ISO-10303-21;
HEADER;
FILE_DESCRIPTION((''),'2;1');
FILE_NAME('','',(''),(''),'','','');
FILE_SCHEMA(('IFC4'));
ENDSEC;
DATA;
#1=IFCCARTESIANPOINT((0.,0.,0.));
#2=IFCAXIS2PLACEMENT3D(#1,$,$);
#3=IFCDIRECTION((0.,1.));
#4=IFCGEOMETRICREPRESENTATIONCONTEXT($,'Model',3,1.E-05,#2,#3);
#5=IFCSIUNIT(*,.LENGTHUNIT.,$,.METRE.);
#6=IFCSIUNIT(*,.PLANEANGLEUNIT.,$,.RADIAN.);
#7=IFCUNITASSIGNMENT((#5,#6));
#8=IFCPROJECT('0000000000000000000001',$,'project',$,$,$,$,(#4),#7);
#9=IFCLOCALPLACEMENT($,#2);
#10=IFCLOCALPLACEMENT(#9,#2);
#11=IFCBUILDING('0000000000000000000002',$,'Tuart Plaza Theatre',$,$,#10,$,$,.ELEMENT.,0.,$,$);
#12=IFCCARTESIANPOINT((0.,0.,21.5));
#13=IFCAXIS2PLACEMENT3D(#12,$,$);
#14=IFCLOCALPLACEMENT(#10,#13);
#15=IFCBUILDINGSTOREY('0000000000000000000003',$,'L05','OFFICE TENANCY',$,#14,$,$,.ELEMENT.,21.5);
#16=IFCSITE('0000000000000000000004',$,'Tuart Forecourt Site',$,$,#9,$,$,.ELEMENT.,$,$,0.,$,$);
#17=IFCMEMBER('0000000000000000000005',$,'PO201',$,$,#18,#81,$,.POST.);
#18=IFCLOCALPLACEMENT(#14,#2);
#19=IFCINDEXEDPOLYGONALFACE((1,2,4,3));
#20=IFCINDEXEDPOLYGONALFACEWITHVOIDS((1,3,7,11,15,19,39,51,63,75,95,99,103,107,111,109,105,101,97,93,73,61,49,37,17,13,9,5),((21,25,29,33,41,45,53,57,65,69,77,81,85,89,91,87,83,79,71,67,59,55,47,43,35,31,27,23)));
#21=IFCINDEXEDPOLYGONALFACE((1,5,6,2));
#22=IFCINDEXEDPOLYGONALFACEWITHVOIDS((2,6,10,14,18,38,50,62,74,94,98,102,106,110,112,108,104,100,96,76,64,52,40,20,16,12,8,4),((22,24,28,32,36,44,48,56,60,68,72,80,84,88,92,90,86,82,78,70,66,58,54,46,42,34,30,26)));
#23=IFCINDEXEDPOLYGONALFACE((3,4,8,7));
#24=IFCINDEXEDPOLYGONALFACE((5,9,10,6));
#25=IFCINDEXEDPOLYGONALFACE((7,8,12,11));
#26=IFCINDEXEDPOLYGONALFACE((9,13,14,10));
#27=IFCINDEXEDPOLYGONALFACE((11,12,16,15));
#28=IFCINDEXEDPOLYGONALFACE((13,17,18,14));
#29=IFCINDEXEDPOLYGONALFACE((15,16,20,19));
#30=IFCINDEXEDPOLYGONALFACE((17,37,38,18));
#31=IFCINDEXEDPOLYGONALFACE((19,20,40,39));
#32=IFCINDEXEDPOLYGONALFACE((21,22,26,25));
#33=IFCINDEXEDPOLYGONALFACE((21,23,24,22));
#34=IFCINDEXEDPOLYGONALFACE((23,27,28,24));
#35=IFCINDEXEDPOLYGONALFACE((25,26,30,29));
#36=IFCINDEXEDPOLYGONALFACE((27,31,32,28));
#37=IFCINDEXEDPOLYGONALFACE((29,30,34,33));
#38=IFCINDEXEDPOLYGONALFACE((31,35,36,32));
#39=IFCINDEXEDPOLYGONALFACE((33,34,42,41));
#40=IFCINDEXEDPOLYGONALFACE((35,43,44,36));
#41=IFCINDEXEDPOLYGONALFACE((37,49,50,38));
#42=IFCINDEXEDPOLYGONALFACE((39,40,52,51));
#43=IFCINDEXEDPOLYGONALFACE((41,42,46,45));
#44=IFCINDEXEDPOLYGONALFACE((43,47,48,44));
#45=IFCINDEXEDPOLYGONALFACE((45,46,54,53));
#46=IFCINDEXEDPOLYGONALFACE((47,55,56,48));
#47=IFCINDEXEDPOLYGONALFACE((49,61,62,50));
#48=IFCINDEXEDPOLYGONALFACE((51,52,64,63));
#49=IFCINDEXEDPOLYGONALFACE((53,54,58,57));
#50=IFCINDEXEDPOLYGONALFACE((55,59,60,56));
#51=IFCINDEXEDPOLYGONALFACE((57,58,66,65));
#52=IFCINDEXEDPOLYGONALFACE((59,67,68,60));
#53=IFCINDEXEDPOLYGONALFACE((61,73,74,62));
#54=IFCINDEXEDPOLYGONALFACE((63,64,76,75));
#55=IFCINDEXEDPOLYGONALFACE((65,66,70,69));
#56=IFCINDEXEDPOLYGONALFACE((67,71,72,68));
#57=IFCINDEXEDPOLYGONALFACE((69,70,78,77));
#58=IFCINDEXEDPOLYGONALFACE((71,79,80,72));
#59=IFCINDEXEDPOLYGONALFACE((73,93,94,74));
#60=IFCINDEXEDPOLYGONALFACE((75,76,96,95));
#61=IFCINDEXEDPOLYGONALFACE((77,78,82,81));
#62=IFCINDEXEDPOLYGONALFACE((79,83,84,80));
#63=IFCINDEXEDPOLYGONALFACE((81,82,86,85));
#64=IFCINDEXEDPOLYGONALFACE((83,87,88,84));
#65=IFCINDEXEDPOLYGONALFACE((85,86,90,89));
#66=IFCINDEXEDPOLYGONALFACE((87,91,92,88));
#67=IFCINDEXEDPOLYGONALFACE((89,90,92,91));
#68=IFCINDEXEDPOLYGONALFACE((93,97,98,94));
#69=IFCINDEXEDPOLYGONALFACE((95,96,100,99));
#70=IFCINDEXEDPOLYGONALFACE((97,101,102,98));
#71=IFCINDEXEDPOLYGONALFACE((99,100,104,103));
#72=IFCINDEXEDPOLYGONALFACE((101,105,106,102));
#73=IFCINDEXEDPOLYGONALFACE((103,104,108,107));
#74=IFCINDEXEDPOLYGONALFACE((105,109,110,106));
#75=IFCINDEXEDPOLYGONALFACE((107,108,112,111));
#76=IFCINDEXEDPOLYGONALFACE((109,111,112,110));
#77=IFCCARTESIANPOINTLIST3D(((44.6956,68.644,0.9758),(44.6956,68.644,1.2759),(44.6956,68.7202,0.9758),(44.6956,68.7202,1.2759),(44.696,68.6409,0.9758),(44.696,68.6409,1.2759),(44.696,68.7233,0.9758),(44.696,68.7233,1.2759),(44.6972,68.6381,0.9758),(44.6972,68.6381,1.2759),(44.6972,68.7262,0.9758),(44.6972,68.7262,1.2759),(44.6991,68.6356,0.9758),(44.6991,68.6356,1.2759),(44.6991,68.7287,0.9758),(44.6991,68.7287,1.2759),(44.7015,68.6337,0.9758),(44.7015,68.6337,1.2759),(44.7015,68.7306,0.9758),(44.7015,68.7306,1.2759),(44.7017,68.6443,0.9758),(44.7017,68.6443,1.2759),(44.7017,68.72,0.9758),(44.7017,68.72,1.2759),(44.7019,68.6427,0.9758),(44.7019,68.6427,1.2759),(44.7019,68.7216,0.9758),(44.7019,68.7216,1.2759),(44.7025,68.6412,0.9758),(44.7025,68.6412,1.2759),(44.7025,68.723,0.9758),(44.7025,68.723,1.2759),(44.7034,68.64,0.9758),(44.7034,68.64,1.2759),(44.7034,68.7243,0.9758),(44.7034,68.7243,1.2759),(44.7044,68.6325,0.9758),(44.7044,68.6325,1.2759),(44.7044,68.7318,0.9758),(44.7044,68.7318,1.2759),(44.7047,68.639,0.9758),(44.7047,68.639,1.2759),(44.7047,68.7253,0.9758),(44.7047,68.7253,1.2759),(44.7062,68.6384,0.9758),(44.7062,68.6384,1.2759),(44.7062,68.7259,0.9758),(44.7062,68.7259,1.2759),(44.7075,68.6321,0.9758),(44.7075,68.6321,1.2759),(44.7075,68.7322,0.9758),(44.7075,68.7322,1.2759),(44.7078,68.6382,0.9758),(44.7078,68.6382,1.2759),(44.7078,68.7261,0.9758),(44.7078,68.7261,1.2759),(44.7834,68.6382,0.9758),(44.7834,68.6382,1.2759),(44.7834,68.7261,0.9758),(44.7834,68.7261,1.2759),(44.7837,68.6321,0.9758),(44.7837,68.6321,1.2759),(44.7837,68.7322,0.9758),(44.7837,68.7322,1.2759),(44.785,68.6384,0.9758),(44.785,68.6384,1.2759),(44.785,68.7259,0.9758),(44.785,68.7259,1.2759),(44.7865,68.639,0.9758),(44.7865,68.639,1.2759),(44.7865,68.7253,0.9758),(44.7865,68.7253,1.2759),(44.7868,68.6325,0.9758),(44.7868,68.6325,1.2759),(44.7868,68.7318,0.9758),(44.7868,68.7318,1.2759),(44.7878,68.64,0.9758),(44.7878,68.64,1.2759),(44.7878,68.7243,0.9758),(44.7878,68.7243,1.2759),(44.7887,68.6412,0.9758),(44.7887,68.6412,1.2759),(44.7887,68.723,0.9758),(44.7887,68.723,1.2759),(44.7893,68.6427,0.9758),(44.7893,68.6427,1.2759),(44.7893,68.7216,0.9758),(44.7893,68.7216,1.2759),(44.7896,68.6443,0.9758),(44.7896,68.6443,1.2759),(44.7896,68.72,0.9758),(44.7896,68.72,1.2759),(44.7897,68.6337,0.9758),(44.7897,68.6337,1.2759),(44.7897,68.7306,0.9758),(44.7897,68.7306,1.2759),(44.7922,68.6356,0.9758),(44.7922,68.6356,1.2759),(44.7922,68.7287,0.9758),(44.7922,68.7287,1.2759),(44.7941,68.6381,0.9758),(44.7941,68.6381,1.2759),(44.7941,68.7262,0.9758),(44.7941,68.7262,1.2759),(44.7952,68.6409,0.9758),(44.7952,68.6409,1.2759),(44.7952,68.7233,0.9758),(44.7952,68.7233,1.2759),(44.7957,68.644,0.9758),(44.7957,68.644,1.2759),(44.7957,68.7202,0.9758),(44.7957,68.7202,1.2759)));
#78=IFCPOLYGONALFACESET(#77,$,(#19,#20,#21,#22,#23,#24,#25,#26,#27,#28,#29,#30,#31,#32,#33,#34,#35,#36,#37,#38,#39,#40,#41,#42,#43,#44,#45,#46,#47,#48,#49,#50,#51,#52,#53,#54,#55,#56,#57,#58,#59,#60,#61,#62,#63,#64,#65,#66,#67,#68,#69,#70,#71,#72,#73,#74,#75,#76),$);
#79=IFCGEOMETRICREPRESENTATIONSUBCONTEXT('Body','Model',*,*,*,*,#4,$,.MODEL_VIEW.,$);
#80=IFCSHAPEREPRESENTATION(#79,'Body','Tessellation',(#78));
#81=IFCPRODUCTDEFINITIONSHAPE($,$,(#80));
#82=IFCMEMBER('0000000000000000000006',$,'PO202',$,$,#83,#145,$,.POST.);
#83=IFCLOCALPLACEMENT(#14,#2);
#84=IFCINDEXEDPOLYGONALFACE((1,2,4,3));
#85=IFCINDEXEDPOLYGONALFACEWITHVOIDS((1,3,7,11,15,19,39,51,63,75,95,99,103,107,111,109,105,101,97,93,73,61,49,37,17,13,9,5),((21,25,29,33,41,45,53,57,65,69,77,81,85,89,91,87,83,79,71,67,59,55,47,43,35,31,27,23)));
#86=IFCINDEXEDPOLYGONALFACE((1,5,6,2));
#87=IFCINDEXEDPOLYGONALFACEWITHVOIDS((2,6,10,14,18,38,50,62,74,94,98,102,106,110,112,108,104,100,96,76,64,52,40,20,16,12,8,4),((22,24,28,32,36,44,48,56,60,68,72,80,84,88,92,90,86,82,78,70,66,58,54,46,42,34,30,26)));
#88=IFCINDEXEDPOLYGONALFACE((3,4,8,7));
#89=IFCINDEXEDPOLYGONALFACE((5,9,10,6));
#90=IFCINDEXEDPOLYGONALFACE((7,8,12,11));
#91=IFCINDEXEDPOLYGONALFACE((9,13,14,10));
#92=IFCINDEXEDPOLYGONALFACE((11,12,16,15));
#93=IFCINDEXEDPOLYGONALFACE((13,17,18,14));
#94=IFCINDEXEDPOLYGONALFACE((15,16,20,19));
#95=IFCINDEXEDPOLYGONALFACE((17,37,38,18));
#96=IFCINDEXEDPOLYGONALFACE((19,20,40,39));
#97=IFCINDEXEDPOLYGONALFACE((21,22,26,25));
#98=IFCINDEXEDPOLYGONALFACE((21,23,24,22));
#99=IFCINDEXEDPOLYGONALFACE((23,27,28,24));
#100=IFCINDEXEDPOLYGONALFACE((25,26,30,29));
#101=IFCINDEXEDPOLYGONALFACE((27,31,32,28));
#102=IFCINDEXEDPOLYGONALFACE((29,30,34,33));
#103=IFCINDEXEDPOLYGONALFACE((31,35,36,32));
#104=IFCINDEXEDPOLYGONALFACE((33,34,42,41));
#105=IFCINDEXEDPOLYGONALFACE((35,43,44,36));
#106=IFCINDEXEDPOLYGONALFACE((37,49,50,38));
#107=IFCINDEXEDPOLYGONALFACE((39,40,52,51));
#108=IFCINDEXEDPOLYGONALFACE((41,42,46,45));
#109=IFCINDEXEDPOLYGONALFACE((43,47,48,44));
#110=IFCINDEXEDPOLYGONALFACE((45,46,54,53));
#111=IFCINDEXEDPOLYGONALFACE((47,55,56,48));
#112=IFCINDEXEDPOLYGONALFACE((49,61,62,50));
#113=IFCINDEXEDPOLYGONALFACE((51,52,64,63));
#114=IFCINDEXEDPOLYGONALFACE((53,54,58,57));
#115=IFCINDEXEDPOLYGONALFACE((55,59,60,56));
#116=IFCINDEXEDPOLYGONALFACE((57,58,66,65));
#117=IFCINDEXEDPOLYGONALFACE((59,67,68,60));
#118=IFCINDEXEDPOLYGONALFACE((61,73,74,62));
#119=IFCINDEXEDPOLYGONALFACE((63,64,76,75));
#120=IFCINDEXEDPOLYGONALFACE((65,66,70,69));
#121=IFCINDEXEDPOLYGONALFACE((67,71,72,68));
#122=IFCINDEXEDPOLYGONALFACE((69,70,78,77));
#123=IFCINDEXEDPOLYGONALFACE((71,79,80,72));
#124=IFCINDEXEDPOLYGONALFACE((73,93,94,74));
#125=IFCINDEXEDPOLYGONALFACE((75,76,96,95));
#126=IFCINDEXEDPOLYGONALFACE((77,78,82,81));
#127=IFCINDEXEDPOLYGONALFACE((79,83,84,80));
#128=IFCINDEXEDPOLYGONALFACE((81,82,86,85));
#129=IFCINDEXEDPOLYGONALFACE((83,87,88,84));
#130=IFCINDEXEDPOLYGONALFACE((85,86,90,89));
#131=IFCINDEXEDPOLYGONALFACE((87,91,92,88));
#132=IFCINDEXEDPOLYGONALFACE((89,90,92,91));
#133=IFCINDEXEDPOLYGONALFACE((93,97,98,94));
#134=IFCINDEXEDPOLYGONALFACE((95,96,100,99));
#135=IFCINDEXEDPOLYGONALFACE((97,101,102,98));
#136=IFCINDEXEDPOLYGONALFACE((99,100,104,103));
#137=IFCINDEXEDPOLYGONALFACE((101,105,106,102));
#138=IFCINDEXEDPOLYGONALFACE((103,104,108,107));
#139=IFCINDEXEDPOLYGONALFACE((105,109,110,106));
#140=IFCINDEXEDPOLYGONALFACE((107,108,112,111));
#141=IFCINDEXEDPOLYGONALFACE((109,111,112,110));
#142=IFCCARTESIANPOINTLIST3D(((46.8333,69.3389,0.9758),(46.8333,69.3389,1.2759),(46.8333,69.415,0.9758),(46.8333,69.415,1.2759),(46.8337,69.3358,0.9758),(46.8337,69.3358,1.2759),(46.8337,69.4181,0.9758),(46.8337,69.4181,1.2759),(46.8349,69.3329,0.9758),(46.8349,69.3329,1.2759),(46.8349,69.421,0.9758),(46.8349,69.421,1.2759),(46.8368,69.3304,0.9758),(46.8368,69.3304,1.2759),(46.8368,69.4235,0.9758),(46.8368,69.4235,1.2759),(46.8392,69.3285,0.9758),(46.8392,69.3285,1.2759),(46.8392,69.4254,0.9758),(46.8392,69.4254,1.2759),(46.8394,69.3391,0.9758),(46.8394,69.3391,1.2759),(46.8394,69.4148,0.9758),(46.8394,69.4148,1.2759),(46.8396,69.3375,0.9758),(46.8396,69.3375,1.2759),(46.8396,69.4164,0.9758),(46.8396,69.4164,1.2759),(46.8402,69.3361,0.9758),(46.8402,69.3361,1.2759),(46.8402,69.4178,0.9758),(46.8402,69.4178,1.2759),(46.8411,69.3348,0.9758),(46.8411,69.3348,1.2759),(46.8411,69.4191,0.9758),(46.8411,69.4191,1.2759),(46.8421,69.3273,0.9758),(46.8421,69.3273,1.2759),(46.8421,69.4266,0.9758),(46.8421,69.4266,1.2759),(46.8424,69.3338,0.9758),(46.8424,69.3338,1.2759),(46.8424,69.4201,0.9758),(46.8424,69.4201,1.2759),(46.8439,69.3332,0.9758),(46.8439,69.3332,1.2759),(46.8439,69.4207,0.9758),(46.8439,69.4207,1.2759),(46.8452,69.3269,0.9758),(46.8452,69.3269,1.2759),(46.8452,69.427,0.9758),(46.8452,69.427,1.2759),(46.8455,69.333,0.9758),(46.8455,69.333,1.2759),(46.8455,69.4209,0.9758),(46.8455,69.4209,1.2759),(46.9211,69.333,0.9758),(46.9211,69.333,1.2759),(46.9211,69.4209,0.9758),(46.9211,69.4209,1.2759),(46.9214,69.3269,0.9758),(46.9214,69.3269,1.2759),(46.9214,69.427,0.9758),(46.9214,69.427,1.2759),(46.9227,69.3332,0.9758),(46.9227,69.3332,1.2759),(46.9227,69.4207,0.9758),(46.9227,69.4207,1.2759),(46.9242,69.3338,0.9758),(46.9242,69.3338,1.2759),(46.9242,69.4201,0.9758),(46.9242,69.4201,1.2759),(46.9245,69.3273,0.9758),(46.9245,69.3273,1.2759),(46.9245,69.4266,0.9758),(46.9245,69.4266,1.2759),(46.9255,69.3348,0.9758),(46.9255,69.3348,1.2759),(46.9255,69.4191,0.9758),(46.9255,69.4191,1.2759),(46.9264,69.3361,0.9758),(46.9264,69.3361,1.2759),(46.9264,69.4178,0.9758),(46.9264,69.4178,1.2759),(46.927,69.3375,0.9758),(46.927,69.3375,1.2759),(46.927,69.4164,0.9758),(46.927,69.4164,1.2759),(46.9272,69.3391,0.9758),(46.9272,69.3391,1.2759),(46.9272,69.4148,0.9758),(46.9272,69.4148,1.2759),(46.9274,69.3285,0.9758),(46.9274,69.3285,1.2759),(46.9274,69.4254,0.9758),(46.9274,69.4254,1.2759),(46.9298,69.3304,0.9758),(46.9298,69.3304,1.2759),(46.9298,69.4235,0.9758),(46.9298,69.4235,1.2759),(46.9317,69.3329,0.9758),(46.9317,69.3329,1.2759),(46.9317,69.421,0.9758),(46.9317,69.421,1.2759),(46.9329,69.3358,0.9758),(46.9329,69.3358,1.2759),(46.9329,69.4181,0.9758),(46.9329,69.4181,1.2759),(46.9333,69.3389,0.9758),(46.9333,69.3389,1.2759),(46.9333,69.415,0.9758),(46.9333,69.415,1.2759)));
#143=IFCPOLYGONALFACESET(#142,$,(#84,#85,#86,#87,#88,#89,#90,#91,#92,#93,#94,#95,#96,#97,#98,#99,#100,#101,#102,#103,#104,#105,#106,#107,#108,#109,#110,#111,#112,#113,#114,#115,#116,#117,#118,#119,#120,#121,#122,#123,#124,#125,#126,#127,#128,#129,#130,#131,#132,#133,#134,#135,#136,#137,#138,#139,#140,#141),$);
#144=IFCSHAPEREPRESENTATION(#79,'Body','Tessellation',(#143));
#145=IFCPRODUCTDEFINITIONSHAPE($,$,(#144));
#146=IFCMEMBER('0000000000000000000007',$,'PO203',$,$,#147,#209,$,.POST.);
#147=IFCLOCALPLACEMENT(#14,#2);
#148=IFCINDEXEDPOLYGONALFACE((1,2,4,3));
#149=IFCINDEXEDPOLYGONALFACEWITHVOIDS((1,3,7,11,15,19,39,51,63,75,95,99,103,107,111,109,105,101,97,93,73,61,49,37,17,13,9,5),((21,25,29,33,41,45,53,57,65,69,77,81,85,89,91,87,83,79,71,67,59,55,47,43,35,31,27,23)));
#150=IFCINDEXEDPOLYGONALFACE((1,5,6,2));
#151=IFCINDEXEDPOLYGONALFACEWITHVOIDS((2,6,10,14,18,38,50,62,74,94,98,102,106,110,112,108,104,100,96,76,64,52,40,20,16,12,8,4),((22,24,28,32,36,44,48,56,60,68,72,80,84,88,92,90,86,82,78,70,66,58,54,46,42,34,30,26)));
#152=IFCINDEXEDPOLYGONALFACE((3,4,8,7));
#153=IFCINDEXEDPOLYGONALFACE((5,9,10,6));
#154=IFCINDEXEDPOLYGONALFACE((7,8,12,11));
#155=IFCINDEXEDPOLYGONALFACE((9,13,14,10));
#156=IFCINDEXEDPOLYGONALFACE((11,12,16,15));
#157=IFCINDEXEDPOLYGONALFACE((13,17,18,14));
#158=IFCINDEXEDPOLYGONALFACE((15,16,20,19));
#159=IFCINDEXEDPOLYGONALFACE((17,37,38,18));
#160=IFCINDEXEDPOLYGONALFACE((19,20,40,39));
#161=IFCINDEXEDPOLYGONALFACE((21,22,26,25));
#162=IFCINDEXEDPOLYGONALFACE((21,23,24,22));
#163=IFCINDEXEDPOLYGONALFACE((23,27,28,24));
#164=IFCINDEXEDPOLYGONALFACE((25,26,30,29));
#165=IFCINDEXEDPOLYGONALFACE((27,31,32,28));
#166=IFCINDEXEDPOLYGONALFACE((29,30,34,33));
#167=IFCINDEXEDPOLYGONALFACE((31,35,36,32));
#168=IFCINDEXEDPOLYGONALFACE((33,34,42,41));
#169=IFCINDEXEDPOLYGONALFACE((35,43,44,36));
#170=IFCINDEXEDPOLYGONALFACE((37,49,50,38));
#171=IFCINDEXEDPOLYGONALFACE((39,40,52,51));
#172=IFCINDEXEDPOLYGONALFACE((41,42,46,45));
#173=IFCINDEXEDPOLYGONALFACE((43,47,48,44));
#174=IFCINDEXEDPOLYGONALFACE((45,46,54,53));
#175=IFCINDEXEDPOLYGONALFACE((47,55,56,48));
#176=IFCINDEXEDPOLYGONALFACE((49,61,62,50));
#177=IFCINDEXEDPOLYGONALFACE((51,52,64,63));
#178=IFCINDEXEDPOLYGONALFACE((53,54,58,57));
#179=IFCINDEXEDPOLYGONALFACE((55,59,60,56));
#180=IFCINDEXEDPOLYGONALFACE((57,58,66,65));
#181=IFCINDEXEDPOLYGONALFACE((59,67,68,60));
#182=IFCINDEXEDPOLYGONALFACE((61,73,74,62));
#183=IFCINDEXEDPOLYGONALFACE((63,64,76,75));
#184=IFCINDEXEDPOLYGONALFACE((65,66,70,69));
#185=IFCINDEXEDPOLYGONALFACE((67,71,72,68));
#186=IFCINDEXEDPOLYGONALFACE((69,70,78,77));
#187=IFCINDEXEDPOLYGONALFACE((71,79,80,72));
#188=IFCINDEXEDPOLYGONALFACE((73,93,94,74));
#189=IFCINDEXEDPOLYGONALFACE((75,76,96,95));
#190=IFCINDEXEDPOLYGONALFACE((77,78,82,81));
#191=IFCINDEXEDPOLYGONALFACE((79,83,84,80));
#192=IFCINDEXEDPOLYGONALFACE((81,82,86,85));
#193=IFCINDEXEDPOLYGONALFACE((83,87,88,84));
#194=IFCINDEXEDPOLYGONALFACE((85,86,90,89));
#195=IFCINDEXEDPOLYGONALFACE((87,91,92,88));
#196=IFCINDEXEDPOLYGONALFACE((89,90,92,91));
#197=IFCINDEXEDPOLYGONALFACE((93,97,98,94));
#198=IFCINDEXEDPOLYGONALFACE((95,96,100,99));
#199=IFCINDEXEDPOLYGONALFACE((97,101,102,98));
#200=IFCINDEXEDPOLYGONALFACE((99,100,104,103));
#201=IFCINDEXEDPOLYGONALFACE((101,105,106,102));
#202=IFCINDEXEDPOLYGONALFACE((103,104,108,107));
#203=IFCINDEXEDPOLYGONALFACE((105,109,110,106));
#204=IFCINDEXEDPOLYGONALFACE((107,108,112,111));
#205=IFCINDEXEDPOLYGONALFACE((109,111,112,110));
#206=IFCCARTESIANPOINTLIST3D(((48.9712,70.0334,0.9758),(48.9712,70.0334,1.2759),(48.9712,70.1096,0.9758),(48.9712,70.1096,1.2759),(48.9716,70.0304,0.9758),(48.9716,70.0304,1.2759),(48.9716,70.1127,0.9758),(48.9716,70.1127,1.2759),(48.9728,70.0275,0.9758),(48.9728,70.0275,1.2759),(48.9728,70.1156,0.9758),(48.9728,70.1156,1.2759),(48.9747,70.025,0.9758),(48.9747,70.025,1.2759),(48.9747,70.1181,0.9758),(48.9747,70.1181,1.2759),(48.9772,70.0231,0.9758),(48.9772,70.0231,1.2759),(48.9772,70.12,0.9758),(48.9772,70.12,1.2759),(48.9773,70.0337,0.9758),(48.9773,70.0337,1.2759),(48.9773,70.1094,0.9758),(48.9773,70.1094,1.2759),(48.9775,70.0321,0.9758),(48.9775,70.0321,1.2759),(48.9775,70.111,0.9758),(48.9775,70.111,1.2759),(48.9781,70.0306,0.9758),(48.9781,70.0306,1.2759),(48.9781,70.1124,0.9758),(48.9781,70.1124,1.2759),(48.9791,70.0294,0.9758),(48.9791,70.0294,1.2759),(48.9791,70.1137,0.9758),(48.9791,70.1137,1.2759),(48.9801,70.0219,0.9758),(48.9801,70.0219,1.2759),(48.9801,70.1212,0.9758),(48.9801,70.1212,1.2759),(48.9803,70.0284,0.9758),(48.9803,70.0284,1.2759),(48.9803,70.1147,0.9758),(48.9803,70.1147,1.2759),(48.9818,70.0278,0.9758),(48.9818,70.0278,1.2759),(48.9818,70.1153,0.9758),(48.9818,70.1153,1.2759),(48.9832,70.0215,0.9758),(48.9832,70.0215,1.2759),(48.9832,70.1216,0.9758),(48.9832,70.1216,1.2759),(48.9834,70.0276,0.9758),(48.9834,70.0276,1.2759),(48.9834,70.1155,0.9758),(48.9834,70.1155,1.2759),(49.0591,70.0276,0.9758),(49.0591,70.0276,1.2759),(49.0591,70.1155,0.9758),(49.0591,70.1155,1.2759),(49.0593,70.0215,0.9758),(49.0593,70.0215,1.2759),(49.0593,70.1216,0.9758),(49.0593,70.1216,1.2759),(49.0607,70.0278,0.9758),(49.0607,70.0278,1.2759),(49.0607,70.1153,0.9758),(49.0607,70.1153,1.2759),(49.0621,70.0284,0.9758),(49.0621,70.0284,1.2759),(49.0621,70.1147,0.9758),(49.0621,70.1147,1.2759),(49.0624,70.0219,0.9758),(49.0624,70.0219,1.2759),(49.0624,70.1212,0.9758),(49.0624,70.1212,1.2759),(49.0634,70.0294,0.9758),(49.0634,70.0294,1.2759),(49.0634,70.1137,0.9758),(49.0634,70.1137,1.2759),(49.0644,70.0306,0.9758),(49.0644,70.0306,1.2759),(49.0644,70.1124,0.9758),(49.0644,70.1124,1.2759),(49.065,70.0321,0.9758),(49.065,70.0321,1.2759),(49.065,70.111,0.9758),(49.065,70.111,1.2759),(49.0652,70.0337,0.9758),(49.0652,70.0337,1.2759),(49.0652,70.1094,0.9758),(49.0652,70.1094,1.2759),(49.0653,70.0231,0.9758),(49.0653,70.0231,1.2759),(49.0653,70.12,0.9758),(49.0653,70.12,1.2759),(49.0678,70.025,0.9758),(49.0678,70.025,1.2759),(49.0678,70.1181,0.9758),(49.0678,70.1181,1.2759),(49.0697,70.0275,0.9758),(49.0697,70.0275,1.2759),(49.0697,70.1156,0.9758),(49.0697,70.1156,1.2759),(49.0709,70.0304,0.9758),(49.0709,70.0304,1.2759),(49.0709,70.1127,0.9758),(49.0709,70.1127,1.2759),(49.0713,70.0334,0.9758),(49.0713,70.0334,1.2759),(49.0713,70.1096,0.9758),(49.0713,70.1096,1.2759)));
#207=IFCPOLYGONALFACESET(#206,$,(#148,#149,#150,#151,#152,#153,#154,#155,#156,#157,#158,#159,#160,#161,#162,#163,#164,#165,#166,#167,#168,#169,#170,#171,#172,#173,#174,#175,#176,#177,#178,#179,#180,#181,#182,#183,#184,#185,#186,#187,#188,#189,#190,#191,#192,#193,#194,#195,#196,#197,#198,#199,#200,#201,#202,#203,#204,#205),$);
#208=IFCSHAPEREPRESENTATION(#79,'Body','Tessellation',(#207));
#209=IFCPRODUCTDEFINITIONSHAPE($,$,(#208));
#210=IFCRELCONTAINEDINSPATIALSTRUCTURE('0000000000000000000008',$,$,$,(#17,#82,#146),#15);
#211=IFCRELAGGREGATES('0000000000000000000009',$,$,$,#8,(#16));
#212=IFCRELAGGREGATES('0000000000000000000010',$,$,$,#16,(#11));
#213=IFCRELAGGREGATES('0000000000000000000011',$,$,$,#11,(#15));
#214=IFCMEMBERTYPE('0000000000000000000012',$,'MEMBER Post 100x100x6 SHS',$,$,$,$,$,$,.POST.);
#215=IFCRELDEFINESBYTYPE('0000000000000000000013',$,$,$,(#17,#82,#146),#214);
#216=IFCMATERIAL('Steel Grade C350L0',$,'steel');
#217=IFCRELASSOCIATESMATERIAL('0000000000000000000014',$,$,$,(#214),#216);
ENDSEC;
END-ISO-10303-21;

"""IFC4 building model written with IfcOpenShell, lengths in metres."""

from ifc_helpers import new_model, si_unit, direction, frame, origin, origin_2d, place, context, subcontext, project, spatial, hollow_rectangle, extrude, material, material_profile, profile_set, type_object, element, save


model = new_model("IFC4")

# Units and contexts
model_context = context("Model", 3, precision=1e-05, world=origin(), true_north=direction((0.0, 1.0)))
body_context = subcontext(model_context, "Body", "Model", "MODEL_VIEW")
ifc_project = project(units=[si_unit("LENGTHUNIT", "METRE"), si_unit("PLANEANGLEUNIT", "RADIAN")], contexts=[model_context])

# Site, building, storey
site_placement = place(None, origin())
site = spatial("IfcSite", under=ifc_project, at=site_placement, Name="Tuart Forecourt Site", CompositionType="ELEMENT", RefElevation=0.0)
building_placement = place(site_placement, origin())
building = spatial("IfcBuilding", under=site, at=building_placement, Name="Tuart Plaza Theatre", CompositionType="ELEMENT", ElevationOfRefHeight=0.0)
storey_placement = place(building_placement, frame((0.0, 0.0, 21.5)))
storey = spatial("IfcBuildingStorey", under=building, at=storey_placement, Name="L05", Description="OFFICE TENANCY", CompositionType="ELEMENT", Elevation=21.5)

# Members
ifc_material_1 = material(Name="Steel Grade C350L0", Category="steel")
ifc_material_profile_1 = material_profile(ifc_material_1, hollow_rectangle(XDim=0.1001, YDim=0.1001, WallThickness=0.0061, InnerFilletRadius=0.0061, OuterFilletRadius=0.012, at=origin_2d()), Name="100x100x6 SHS")
ifc_profile_set_1 = profile_set([ifc_material_profile_1], Name="Steel Grade C350L0")
member_type_1 = type_object("IfcMemberType", Name="MEMBER Post 100x100x6 SHS", PredefinedType="POST", material=ifc_profile_set_1)
for number, where, z_axis, x_axis, name in (
    (1, (44.7456, 68.6821, 0.9758), (0.0, 0.0, 1.0), (1.0, 0.0, 0.0), "PO201"),
    (2, (46.8833, 69.377, 0.9758), (0.0, 0.0, 1.0), (1.0, 0.0, 0.0), "PO202"),
    (3, (49.0212, 70.0715, 0.9758), (0.0, 0.0, 1.0), (1.0, 0.0, 0.0), "PO203"),
):
    element("IfcMember", number, at=place(storey_placement, frame(where, z_axis=z_axis, x_axis=x_axis)), inside=storey, type_object=member_type_1, Name=name, PredefinedType="POST", context=body_context, shape_type="SweptSolid", body=[
        extrude(hollow_rectangle(XDim=0.1001, YDim=0.1001, WallThickness=0.0061, InnerFilletRadius=0.0061, OuterFilletRadius=0.012, at=origin_2d()), origin(), (0.0, 0.0, 1.0), 0.3),
    ])

save(model, "model.ifc")
